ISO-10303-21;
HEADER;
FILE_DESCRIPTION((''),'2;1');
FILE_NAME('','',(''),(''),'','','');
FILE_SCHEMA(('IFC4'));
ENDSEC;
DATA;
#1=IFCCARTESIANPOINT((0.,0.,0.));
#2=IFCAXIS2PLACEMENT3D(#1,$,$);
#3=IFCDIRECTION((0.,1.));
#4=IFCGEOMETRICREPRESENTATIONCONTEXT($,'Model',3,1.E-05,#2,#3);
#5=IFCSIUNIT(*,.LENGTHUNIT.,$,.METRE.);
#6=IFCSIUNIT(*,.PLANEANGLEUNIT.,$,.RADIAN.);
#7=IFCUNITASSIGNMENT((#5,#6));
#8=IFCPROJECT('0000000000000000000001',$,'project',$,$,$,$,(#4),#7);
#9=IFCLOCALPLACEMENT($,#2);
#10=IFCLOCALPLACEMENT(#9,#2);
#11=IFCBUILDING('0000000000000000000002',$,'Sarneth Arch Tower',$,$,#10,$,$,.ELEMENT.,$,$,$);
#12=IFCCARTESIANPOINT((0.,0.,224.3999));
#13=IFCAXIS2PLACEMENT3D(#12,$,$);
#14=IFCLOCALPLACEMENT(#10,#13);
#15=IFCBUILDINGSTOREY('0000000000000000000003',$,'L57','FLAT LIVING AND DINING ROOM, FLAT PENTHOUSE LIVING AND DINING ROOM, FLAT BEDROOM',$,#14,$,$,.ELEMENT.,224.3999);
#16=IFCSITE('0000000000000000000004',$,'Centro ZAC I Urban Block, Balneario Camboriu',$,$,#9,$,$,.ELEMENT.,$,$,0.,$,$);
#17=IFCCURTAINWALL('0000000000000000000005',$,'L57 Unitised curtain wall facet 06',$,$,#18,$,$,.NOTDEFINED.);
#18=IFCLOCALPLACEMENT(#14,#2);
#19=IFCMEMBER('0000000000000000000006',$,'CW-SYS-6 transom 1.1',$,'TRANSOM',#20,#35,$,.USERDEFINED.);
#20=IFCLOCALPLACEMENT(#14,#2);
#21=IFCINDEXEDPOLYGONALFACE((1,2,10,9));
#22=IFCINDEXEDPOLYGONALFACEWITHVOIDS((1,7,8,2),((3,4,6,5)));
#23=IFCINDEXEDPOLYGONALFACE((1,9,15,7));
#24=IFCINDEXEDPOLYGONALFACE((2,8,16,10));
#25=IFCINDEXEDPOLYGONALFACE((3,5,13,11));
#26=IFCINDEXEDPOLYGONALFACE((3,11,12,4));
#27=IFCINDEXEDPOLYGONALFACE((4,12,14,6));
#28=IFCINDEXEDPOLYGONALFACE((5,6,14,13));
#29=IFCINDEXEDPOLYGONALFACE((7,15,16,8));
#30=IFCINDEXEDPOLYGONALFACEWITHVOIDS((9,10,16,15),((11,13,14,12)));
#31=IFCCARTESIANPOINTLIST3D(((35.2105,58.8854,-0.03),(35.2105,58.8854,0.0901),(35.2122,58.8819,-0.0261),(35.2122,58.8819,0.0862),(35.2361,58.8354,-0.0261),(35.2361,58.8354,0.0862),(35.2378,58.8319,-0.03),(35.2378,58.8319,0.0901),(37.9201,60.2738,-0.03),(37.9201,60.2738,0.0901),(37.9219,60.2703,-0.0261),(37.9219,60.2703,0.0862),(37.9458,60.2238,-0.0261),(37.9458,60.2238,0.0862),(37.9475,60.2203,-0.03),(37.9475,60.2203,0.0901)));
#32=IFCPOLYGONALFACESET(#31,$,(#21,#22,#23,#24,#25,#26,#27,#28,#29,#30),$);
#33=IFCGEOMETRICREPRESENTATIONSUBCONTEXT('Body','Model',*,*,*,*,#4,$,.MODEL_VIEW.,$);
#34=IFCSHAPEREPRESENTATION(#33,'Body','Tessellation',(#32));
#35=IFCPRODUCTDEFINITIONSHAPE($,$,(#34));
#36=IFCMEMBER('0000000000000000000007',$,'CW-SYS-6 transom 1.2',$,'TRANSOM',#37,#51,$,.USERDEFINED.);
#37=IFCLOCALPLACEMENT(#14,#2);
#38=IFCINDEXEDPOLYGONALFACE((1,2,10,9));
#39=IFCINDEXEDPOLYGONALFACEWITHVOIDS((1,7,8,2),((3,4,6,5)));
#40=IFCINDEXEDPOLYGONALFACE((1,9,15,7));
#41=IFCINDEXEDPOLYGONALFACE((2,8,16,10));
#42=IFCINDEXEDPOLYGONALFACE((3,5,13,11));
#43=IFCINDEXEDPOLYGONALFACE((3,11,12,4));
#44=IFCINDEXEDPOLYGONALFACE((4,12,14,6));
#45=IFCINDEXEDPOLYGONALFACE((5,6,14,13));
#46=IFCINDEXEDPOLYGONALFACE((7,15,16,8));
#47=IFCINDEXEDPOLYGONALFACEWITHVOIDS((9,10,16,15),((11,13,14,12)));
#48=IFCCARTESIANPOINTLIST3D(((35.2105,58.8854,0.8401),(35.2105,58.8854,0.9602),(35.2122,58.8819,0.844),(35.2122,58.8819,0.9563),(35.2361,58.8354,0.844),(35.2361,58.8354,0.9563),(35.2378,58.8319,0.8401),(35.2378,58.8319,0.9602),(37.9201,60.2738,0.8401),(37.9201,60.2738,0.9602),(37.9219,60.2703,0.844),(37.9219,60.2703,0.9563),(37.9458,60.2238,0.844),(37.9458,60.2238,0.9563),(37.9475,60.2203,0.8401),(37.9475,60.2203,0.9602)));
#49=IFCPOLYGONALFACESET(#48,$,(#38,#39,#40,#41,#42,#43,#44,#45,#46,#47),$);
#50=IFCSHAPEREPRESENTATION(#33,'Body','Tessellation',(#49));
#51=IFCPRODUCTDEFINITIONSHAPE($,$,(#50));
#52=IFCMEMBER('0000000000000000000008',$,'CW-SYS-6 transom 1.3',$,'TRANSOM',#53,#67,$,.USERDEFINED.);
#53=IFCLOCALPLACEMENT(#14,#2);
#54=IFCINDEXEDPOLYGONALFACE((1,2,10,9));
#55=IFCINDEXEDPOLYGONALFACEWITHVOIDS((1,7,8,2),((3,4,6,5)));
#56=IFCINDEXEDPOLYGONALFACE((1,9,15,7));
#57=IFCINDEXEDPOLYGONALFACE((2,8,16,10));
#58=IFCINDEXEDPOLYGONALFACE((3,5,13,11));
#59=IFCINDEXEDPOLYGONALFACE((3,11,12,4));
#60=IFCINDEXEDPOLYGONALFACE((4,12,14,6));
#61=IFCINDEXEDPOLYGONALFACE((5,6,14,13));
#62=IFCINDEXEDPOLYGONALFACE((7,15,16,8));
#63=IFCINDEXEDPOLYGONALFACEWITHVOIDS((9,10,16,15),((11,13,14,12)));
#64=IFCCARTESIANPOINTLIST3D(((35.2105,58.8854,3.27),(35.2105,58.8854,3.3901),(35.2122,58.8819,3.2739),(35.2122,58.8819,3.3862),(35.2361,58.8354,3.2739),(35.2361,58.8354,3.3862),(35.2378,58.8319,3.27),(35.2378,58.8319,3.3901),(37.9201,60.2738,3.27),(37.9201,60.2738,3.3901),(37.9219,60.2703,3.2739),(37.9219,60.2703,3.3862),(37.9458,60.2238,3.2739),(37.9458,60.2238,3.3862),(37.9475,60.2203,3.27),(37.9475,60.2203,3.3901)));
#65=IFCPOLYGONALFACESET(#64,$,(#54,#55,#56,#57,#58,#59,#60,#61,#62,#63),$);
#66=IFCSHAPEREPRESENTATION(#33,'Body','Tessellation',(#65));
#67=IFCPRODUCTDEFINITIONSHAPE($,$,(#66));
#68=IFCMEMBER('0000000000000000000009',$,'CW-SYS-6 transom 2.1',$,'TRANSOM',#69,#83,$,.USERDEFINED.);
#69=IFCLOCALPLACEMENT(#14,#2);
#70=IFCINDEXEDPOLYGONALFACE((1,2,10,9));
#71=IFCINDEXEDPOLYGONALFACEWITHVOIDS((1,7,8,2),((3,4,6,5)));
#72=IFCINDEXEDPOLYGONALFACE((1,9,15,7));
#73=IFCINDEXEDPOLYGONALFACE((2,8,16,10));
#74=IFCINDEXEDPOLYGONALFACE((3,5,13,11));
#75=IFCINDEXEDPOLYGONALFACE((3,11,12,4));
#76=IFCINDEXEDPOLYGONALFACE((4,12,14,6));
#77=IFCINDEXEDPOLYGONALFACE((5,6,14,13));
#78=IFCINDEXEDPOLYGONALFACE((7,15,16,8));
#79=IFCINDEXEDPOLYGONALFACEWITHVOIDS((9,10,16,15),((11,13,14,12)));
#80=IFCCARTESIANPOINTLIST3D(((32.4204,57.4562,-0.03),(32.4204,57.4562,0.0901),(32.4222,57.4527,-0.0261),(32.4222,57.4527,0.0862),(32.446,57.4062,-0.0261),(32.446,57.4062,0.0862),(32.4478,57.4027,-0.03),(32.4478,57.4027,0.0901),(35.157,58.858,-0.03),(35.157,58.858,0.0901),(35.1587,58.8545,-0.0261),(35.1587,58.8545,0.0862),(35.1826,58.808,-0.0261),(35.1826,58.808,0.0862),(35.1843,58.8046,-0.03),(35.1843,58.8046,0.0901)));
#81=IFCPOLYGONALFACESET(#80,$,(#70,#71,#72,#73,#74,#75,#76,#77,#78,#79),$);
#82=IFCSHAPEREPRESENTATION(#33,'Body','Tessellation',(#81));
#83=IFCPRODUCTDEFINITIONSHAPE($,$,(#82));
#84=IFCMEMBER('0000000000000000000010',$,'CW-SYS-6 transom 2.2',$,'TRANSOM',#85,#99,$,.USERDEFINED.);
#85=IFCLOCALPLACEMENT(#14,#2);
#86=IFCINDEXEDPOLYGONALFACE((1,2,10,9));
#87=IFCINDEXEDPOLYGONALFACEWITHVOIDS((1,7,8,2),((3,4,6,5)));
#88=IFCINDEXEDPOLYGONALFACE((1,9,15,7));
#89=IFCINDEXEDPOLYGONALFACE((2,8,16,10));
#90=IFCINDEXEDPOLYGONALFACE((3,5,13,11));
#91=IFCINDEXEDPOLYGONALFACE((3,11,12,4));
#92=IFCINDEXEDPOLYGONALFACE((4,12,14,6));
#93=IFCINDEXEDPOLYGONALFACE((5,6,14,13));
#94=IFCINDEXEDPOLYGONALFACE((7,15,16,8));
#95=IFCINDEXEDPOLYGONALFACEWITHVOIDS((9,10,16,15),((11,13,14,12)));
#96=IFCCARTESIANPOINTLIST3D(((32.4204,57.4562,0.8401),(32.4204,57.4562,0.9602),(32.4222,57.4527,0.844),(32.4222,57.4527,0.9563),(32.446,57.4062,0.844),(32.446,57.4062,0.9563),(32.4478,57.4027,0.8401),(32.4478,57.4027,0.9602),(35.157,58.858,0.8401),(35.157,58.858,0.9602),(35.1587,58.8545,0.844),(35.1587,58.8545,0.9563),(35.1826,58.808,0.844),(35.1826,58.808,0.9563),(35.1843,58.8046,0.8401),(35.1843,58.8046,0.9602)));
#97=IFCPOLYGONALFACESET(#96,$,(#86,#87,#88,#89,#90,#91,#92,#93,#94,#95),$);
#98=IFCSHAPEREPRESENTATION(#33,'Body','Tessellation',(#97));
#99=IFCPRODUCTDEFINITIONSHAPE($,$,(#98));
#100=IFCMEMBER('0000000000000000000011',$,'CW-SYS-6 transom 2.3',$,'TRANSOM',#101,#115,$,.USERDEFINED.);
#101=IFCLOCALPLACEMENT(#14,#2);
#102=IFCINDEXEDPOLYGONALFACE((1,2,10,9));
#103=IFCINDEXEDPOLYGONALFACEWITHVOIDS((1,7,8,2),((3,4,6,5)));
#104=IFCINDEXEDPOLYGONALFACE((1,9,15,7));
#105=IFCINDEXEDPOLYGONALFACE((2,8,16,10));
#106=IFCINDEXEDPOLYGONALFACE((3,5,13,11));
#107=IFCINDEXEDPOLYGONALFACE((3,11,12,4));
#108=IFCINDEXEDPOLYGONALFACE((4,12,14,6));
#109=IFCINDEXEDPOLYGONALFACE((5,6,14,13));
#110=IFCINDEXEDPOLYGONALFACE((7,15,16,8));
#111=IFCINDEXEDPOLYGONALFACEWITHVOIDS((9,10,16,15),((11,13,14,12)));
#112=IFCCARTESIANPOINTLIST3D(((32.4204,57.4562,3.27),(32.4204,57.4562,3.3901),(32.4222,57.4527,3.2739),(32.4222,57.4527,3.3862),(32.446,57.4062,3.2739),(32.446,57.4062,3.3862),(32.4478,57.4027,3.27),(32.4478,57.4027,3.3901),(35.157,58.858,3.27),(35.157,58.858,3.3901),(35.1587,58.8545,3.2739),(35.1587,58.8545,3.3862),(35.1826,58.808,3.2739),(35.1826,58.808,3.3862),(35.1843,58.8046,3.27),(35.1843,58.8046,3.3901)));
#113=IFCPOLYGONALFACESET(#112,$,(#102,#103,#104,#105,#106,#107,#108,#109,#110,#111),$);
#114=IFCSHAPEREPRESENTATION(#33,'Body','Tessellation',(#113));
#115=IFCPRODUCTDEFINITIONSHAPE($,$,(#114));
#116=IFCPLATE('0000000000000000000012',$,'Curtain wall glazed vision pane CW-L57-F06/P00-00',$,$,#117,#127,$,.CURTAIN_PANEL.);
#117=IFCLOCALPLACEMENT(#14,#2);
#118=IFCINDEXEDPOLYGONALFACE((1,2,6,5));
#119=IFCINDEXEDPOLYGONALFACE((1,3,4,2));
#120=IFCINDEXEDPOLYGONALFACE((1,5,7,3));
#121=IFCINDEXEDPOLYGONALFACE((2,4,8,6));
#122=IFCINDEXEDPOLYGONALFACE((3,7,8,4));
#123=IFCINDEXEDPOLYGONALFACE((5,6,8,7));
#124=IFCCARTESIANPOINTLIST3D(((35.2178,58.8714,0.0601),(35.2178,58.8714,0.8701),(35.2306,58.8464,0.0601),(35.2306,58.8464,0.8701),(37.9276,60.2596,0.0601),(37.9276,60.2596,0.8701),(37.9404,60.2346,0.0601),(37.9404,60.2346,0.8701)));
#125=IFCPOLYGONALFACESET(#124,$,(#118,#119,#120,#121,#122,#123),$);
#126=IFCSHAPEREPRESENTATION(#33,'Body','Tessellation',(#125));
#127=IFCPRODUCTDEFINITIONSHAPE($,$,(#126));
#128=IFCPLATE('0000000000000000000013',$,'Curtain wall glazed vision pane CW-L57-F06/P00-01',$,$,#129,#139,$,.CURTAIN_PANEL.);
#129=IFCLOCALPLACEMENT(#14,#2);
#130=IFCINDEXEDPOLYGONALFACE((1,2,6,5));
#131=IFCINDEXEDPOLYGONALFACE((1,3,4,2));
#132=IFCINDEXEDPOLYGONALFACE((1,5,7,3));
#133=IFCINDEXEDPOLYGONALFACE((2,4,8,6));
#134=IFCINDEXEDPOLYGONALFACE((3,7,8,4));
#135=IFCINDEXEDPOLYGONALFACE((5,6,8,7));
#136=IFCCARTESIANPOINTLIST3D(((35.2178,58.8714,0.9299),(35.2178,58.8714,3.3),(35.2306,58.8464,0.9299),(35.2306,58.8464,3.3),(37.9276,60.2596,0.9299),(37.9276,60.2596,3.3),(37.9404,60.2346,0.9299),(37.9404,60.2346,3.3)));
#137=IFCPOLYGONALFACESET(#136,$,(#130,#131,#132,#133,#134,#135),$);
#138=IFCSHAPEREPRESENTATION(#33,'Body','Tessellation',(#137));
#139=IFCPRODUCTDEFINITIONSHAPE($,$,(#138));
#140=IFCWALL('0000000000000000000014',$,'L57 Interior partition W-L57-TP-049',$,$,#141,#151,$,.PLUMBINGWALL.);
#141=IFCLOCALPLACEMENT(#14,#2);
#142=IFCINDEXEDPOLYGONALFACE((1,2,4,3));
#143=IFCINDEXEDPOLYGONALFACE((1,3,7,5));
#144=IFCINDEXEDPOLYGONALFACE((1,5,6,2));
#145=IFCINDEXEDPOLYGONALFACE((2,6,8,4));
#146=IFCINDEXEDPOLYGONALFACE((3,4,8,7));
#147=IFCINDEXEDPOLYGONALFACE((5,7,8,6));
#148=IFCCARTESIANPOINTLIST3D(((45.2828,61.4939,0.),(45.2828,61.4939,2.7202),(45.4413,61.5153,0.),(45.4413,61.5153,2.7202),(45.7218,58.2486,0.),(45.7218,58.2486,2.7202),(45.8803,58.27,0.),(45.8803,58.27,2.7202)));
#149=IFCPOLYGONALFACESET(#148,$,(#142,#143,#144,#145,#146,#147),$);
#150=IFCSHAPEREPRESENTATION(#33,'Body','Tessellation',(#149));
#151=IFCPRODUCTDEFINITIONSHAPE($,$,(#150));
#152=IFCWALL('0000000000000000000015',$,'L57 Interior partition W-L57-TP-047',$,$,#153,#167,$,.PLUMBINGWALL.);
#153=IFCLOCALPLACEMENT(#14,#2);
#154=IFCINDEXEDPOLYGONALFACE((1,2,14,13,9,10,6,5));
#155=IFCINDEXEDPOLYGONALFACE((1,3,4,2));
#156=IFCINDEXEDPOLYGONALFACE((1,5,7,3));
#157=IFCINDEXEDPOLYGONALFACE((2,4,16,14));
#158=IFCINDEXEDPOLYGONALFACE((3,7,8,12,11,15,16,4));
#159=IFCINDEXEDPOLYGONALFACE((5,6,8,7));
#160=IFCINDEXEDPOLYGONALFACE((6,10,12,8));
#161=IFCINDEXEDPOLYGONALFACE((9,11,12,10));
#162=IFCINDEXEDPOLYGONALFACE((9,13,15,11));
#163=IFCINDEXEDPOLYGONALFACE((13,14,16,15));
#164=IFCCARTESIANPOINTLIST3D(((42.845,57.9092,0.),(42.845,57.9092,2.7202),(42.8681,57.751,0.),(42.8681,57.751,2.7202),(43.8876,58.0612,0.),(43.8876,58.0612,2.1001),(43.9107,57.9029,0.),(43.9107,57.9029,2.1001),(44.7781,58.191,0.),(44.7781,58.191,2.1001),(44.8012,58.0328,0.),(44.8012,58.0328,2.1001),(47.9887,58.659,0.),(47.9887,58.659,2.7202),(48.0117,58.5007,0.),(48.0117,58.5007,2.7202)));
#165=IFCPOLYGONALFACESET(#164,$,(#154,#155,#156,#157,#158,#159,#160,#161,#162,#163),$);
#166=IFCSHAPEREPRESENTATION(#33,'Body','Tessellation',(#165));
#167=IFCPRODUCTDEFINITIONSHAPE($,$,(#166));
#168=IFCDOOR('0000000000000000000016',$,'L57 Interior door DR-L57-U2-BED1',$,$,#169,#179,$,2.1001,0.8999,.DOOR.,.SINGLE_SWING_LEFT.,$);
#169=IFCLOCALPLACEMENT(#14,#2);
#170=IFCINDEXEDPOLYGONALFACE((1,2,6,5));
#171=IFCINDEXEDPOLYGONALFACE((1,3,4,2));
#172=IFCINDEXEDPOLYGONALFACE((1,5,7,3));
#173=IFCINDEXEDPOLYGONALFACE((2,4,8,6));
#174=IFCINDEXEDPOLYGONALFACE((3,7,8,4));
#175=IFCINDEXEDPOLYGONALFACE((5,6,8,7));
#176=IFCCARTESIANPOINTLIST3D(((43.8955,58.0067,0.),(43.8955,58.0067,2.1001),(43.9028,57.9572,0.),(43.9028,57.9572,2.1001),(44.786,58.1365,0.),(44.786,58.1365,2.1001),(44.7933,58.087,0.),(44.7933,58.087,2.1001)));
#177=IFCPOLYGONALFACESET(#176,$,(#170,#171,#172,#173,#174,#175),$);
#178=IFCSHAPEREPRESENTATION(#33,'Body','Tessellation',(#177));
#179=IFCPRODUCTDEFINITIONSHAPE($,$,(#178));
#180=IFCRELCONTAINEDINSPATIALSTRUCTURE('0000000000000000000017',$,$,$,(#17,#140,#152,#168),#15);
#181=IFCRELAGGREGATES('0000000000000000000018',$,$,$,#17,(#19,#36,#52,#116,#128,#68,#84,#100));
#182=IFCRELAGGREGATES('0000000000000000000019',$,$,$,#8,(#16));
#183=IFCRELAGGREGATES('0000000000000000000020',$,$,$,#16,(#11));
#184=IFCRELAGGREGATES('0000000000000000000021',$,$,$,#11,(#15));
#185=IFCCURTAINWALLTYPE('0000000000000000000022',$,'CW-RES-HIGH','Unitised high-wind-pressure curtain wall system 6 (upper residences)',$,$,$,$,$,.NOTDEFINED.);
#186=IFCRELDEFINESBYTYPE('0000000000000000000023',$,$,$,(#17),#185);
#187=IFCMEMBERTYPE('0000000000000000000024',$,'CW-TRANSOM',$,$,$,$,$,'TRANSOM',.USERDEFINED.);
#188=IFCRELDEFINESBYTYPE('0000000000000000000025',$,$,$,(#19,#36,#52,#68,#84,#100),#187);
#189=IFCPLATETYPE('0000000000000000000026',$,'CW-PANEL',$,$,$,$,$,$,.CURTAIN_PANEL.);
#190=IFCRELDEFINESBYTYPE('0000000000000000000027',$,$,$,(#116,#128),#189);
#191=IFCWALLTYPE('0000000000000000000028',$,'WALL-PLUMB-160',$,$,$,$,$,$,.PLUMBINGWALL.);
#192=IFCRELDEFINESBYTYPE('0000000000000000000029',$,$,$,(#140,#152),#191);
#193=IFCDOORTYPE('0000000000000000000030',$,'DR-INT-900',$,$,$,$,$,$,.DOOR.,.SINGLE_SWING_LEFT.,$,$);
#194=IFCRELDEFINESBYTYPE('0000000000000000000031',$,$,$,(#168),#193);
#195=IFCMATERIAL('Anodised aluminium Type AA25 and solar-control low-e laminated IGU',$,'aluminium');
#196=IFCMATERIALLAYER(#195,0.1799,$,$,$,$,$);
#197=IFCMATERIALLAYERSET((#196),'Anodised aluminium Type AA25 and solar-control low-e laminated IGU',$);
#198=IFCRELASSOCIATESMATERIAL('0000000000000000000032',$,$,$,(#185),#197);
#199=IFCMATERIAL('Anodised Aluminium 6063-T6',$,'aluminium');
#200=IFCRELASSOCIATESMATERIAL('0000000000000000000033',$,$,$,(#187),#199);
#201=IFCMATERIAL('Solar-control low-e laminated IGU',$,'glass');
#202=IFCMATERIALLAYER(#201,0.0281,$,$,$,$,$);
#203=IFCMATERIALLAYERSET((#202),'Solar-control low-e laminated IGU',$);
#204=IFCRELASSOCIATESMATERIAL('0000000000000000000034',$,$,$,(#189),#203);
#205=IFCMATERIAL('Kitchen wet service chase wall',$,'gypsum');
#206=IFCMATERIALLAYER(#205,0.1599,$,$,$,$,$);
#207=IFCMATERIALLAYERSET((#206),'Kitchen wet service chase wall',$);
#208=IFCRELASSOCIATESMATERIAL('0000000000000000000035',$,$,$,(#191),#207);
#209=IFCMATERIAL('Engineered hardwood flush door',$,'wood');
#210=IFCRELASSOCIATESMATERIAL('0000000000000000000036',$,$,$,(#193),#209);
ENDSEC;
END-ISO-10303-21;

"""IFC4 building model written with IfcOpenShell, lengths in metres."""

from ifc_helpers import new_model, si_unit, direction, frame, frame_2d, origin, origin_2d, place, context, subcontext, project, spatial, rectangle, hollow_rectangle, extrude, material, layer, layer_set, material_profile, profile_set, type_object, element, fill, aggregate, save


model = new_model("IFC4")

# Units and contexts
model_context = context("Model", 3, precision=1e-05, world=origin(), true_north=direction((0.0, 1.0)))
body_context = subcontext(model_context, "Body", "Model", "MODEL_VIEW")
ifc_project = project(units=[si_unit("LENGTHUNIT", "METRE"), si_unit("PLANEANGLEUNIT", "RADIAN")], contexts=[model_context])

# Site, building, storey
site_placement = place(None, origin())
site = spatial("IfcSite", under=ifc_project, at=site_placement, Name="Centro ZAC I Urban Block, Balneario Camboriu", CompositionType="ELEMENT", RefElevation=0.0)
building_placement = place(site_placement, origin())
building = spatial("IfcBuilding", under=site, at=building_placement, Name="Sarneth Arch Tower", CompositionType="ELEMENT")
storey_placement = place(building_placement, frame((0.0, 0.0, 224.3999)))
storey = spatial("IfcBuildingStorey", under=building, at=storey_placement, Name="L57", Description="FLAT LIVING AND DINING ROOM, FLAT PENTHOUSE LIVING AND DINING ROOM, FLAT BEDROOM", CompositionType="ELEMENT", Elevation=224.3999)

# Curtain wall, members, plates
ifc_material_1 = material(Name="Anodised aluminium Type AA25 and solar-control low-e laminated IGU", Category="aluminium")
ifc_layer_1 = layer(ifc_material_1, 0.1799)
ifc_layer_set_1 = layer_set([ifc_layer_1], Name="Anodised aluminium Type AA25 and solar-control low-e laminated IGU")
curtain_wall_type = type_object("IfcCurtainWallType", Name="CW-RES-HIGH", Description="Unitised high-wind-pressure curtain wall system 6 (upper residences)", PredefinedType="NOTDEFINED", material=ifc_layer_set_1)
curtain_wall_placement = place(storey_placement, origin())
curtain_wall = element("IfcCurtainWall", 1, at=curtain_wall_placement, inside=storey, type_object=curtain_wall_type, Name="L57 Unitised curtain wall facet 06", PredefinedType="NOTDEFINED")
ifc_material_2 = material(Name="Anodised Aluminium 6063-T6", Category="aluminium")
ifc_material_profile_1 = material_profile(ifc_material_2, hollow_rectangle(XDim=0.0601, YDim=0.1201, WallThickness=0.0039, at=origin_2d()), Name="AL-TRAN-120x60x4")
ifc_profile_set_1 = profile_set([ifc_material_profile_1], Name="Anodised Aluminium 6063-T6")
member_type_1 = type_object("IfcMemberType", Name="CW-TRANSOM", ElementType="TRANSOM", PredefinedType="USERDEFINED", material=ifc_profile_set_1)
member_1_placement = place(storey_placement, frame((37.9338, 60.2471, 0.03), z_axis=(-0.889974, -0.456012, 0.0), x_axis=(0.456012, -0.889974, 0.0)))
member_1 = element("IfcMember", 2, at=member_1_placement, type_object=member_type_1, Name="CW-SYS-6 transom 1.1", ObjectType="TRANSOM", PredefinedType="USERDEFINED", context=body_context, shape_type="SweptSolid", body=[
    extrude(hollow_rectangle(XDim=0.0601, YDim=0.1201, WallThickness=0.0039, at=origin_2d()), origin(), (0.0, 0.0, 1.0), 3.0447),
])
member_2_placement = place(storey_placement, frame((37.9338, 60.2471, 0.9001), z_axis=(-0.889974, -0.456012, 0.0), x_axis=(0.456012, -0.889974, 0.0)))
member_2 = element("IfcMember", 3, at=member_2_placement, type_object=member_type_1, Name="CW-SYS-6 transom 1.2", ObjectType="TRANSOM", PredefinedType="USERDEFINED", context=body_context, shape_type="SweptSolid", body=[
    extrude(hollow_rectangle(XDim=0.0601, YDim=0.1201, WallThickness=0.0039, at=origin_2d()), origin(), (0.0, 0.0, 1.0), 3.0447),
])
member_3_placement = place(storey_placement, frame((37.9338, 60.2471, 3.3301), z_axis=(-0.889974, -0.456012, 0.0), x_axis=(0.456012, -0.889974, 0.0)))
member_3 = element("IfcMember", 4, at=member_3_placement, type_object=member_type_1, Name="CW-SYS-6 transom 1.3", ObjectType="TRANSOM", PredefinedType="USERDEFINED", context=body_context, shape_type="SweptSolid", body=[
    extrude(hollow_rectangle(XDim=0.0601, YDim=0.1201, WallThickness=0.0039, at=origin_2d()), origin(), (0.0, 0.0, 1.0), 3.0447),
])
member_4_placement = place(storey_placement, frame((35.1707, 58.8313, 0.03), z_axis=(-0.890017, -0.455926, 0.0), x_axis=(0.455926, -0.890017, 0.0)))
member_4 = element("IfcMember", 5, at=member_4_placement, type_object=member_type_1, Name="CW-SYS-6 transom 2.1", ObjectType="TRANSOM", PredefinedType="USERDEFINED", context=body_context, shape_type="SweptSolid", body=[
    extrude(hollow_rectangle(XDim=0.0601, YDim=0.1201, WallThickness=0.0039, at=origin_2d()), origin(), (0.0, 0.0, 1.0), 3.0747),
])
member_5_placement = place(storey_placement, frame((35.1707, 58.8313, 0.9001), z_axis=(-0.890017, -0.455926, 0.0), x_axis=(0.455926, -0.890017, 0.0)))
member_5 = element("IfcMember", 6, at=member_5_placement, type_object=member_type_1, Name="CW-SYS-6 transom 2.2", ObjectType="TRANSOM", PredefinedType="USERDEFINED", context=body_context, shape_type="SweptSolid", body=[
    extrude(hollow_rectangle(XDim=0.0601, YDim=0.1201, WallThickness=0.0039, at=origin_2d()), origin(), (0.0, 0.0, 1.0), 3.0747),
])
member_6_placement = place(storey_placement, frame((35.1707, 58.8313, 3.3301), z_axis=(-0.890017, -0.455926, 0.0), x_axis=(0.455926, -0.890017, 0.0)))
member_6 = element("IfcMember", 7, at=member_6_placement, type_object=member_type_1, Name="CW-SYS-6 transom 2.3", ObjectType="TRANSOM", PredefinedType="USERDEFINED", context=body_context, shape_type="SweptSolid", body=[
    extrude(hollow_rectangle(XDim=0.0601, YDim=0.1201, WallThickness=0.0039, at=origin_2d()), origin(), (0.0, 0.0, 1.0), 3.0747),
])
ifc_material_3 = material(Name="Solar-control low-e laminated IGU", Category="glass")
ifc_layer_2 = layer(ifc_material_3, 0.0281)
ifc_layer_set_2 = layer_set([ifc_layer_2], Name="Solar-control low-e laminated IGU")
plate_type = type_object("IfcPlateType", Name="CW-PANEL", PredefinedType="CURTAIN_PANEL", material=ifc_layer_set_2)
plate_1_placement = place(storey_placement, frame((36.5791, 59.553, 0.0601), z_axis=(0.0, 0.0, 1.0), x_axis=(-0.89001, -0.455942, 0.0)))
plate_1 = element("IfcPlate", 8, at=plate_1_placement, type_object=plate_type, Name="Curtain wall glazed vision pane CW-L57-F06/P00-00", PredefinedType="CURTAIN_PANEL", context=body_context, shape_type="SweptSolid", body=[
    extrude(rectangle(XDim=3.0447, YDim=0.0281, at=origin_2d()), origin(), (0.0, 0.0, 1.0), 0.8101),
])
plate_2_placement = place(storey_placement, frame((36.5791, 59.553, 0.9299), z_axis=(0.0, 0.0, 1.0), x_axis=(-0.89001, -0.455942, 0.0)))
plate_2 = element("IfcPlate", 9, at=plate_2_placement, type_object=plate_type, Name="Curtain wall glazed vision pane CW-L57-F06/P00-01", PredefinedType="CURTAIN_PANEL", context=body_context, shape_type="SweptSolid", body=[
    extrude(rectangle(XDim=3.0447, YDim=0.0281, at=origin_2d()), origin(), (0.0, 0.0, 1.0), 2.3701),
])
aggregate(curtain_wall, [member_1, member_2, member_3, plate_1, plate_2, member_4, member_5, member_6])

# Wall
ifc_material_4 = material(Name="Kitchen wet service chase wall", Category="gypsum")
ifc_layer_3 = layer(ifc_material_4, 0.1599)
ifc_layer_set_3 = layer_set([ifc_layer_3], Name="Kitchen wet service chase wall")
wall_type_1 = type_object("IfcWallType", Name="WALL-PLUMB-160", PredefinedType="PLUMBINGWALL", material=ifc_layer_set_3)
wall_1_placement = place(storey_placement, frame((45.801, 58.2593, 0.0), z_axis=(0.0, 0.0, 1.0), x_axis=(-0.134039, 0.990976, 0.0)))
element("IfcWall", 10, at=wall_1_placement, inside=storey, type_object=wall_type_1, Name="L57 Interior partition W-L57-TP-049", PredefinedType="PLUMBINGWALL", context=body_context, shape_type="SweptSolid", body=[
    extrude(rectangle(XDim=3.2749, YDim=0.1599, at=frame_2d((1.6375, 0.0))), origin(), (0.0, 0.0, 1.0), 2.7202),
])

# Wall, opening, door
wall_2_placement = place(storey_placement, frame((42.8564, 57.8301, 0.0), z_axis=(0.0, 0.0, 1.0), x_axis=(0.989542, 0.144242, 0.0)))
wall_2 = element("IfcWall", 11, at=wall_2_placement, inside=storey, type_object=wall_type_1, Name="L57 Interior partition W-L57-TP-047", PredefinedType="PLUMBINGWALL", context=body_context, shape_type="SweptSolid", body=[
    extrude(rectangle(XDim=5.198, YDim=0.1599, at=frame_2d((2.5991, 0.0))), origin(), (0.0, 0.0, 1.0), 2.7202),
])
opening_1_placement = place(wall_2_placement, frame((1.0537, 0.0, 0.0)))
opening_1 = element("IfcOpeningElement", 12, at=opening_1_placement, cuts=wall_2, PredefinedType="OPENING", context=body_context, shape_type="SweptSolid", body=[
    extrude(rectangle(XDim=0.8999, YDim=2.1001, at=frame_2d((0.45, 1.05))), frame((0.0, 0.0898, 0.0), z_axis=(0.0, -1.0, 0.0), x_axis=(1.0, 0.0, 0.0)), (0.0, 0.0, 1.0), 0.1799),
])
ifc_material_5 = material(Name="Engineered hardwood flush door", Category="wood")
door_type_1 = type_object("IfcDoorType", Name="DR-INT-900", OperationType="SINGLE_SWING_LEFT", PredefinedType="DOOR", material=ifc_material_5)
door_1_placement = place(opening_1_placement, origin())
door_1 = element("IfcDoor", 13, at=door_1_placement, inside=storey, type_object=door_type_1, Name="L57 Interior door DR-L57-U2-BED1", OperationType="SINGLE_SWING_LEFT", OverallHeight=2.1001, OverallWidth=0.8999, PredefinedType="DOOR", context=body_context, shape_type="SweptSolid", body=[
    extrude(rectangle(XDim=0.8999, YDim=2.1001, at=frame_2d((0.45, 1.05))), frame((0.0, 0.0249, 0.0), z_axis=(0.0, -1.0, 0.0), x_axis=(1.0, 0.0, 0.0)), (0.0, 0.0, 1.0), 0.05),
])
fill(opening_1, door_1)

save(model, "model.ifc")
